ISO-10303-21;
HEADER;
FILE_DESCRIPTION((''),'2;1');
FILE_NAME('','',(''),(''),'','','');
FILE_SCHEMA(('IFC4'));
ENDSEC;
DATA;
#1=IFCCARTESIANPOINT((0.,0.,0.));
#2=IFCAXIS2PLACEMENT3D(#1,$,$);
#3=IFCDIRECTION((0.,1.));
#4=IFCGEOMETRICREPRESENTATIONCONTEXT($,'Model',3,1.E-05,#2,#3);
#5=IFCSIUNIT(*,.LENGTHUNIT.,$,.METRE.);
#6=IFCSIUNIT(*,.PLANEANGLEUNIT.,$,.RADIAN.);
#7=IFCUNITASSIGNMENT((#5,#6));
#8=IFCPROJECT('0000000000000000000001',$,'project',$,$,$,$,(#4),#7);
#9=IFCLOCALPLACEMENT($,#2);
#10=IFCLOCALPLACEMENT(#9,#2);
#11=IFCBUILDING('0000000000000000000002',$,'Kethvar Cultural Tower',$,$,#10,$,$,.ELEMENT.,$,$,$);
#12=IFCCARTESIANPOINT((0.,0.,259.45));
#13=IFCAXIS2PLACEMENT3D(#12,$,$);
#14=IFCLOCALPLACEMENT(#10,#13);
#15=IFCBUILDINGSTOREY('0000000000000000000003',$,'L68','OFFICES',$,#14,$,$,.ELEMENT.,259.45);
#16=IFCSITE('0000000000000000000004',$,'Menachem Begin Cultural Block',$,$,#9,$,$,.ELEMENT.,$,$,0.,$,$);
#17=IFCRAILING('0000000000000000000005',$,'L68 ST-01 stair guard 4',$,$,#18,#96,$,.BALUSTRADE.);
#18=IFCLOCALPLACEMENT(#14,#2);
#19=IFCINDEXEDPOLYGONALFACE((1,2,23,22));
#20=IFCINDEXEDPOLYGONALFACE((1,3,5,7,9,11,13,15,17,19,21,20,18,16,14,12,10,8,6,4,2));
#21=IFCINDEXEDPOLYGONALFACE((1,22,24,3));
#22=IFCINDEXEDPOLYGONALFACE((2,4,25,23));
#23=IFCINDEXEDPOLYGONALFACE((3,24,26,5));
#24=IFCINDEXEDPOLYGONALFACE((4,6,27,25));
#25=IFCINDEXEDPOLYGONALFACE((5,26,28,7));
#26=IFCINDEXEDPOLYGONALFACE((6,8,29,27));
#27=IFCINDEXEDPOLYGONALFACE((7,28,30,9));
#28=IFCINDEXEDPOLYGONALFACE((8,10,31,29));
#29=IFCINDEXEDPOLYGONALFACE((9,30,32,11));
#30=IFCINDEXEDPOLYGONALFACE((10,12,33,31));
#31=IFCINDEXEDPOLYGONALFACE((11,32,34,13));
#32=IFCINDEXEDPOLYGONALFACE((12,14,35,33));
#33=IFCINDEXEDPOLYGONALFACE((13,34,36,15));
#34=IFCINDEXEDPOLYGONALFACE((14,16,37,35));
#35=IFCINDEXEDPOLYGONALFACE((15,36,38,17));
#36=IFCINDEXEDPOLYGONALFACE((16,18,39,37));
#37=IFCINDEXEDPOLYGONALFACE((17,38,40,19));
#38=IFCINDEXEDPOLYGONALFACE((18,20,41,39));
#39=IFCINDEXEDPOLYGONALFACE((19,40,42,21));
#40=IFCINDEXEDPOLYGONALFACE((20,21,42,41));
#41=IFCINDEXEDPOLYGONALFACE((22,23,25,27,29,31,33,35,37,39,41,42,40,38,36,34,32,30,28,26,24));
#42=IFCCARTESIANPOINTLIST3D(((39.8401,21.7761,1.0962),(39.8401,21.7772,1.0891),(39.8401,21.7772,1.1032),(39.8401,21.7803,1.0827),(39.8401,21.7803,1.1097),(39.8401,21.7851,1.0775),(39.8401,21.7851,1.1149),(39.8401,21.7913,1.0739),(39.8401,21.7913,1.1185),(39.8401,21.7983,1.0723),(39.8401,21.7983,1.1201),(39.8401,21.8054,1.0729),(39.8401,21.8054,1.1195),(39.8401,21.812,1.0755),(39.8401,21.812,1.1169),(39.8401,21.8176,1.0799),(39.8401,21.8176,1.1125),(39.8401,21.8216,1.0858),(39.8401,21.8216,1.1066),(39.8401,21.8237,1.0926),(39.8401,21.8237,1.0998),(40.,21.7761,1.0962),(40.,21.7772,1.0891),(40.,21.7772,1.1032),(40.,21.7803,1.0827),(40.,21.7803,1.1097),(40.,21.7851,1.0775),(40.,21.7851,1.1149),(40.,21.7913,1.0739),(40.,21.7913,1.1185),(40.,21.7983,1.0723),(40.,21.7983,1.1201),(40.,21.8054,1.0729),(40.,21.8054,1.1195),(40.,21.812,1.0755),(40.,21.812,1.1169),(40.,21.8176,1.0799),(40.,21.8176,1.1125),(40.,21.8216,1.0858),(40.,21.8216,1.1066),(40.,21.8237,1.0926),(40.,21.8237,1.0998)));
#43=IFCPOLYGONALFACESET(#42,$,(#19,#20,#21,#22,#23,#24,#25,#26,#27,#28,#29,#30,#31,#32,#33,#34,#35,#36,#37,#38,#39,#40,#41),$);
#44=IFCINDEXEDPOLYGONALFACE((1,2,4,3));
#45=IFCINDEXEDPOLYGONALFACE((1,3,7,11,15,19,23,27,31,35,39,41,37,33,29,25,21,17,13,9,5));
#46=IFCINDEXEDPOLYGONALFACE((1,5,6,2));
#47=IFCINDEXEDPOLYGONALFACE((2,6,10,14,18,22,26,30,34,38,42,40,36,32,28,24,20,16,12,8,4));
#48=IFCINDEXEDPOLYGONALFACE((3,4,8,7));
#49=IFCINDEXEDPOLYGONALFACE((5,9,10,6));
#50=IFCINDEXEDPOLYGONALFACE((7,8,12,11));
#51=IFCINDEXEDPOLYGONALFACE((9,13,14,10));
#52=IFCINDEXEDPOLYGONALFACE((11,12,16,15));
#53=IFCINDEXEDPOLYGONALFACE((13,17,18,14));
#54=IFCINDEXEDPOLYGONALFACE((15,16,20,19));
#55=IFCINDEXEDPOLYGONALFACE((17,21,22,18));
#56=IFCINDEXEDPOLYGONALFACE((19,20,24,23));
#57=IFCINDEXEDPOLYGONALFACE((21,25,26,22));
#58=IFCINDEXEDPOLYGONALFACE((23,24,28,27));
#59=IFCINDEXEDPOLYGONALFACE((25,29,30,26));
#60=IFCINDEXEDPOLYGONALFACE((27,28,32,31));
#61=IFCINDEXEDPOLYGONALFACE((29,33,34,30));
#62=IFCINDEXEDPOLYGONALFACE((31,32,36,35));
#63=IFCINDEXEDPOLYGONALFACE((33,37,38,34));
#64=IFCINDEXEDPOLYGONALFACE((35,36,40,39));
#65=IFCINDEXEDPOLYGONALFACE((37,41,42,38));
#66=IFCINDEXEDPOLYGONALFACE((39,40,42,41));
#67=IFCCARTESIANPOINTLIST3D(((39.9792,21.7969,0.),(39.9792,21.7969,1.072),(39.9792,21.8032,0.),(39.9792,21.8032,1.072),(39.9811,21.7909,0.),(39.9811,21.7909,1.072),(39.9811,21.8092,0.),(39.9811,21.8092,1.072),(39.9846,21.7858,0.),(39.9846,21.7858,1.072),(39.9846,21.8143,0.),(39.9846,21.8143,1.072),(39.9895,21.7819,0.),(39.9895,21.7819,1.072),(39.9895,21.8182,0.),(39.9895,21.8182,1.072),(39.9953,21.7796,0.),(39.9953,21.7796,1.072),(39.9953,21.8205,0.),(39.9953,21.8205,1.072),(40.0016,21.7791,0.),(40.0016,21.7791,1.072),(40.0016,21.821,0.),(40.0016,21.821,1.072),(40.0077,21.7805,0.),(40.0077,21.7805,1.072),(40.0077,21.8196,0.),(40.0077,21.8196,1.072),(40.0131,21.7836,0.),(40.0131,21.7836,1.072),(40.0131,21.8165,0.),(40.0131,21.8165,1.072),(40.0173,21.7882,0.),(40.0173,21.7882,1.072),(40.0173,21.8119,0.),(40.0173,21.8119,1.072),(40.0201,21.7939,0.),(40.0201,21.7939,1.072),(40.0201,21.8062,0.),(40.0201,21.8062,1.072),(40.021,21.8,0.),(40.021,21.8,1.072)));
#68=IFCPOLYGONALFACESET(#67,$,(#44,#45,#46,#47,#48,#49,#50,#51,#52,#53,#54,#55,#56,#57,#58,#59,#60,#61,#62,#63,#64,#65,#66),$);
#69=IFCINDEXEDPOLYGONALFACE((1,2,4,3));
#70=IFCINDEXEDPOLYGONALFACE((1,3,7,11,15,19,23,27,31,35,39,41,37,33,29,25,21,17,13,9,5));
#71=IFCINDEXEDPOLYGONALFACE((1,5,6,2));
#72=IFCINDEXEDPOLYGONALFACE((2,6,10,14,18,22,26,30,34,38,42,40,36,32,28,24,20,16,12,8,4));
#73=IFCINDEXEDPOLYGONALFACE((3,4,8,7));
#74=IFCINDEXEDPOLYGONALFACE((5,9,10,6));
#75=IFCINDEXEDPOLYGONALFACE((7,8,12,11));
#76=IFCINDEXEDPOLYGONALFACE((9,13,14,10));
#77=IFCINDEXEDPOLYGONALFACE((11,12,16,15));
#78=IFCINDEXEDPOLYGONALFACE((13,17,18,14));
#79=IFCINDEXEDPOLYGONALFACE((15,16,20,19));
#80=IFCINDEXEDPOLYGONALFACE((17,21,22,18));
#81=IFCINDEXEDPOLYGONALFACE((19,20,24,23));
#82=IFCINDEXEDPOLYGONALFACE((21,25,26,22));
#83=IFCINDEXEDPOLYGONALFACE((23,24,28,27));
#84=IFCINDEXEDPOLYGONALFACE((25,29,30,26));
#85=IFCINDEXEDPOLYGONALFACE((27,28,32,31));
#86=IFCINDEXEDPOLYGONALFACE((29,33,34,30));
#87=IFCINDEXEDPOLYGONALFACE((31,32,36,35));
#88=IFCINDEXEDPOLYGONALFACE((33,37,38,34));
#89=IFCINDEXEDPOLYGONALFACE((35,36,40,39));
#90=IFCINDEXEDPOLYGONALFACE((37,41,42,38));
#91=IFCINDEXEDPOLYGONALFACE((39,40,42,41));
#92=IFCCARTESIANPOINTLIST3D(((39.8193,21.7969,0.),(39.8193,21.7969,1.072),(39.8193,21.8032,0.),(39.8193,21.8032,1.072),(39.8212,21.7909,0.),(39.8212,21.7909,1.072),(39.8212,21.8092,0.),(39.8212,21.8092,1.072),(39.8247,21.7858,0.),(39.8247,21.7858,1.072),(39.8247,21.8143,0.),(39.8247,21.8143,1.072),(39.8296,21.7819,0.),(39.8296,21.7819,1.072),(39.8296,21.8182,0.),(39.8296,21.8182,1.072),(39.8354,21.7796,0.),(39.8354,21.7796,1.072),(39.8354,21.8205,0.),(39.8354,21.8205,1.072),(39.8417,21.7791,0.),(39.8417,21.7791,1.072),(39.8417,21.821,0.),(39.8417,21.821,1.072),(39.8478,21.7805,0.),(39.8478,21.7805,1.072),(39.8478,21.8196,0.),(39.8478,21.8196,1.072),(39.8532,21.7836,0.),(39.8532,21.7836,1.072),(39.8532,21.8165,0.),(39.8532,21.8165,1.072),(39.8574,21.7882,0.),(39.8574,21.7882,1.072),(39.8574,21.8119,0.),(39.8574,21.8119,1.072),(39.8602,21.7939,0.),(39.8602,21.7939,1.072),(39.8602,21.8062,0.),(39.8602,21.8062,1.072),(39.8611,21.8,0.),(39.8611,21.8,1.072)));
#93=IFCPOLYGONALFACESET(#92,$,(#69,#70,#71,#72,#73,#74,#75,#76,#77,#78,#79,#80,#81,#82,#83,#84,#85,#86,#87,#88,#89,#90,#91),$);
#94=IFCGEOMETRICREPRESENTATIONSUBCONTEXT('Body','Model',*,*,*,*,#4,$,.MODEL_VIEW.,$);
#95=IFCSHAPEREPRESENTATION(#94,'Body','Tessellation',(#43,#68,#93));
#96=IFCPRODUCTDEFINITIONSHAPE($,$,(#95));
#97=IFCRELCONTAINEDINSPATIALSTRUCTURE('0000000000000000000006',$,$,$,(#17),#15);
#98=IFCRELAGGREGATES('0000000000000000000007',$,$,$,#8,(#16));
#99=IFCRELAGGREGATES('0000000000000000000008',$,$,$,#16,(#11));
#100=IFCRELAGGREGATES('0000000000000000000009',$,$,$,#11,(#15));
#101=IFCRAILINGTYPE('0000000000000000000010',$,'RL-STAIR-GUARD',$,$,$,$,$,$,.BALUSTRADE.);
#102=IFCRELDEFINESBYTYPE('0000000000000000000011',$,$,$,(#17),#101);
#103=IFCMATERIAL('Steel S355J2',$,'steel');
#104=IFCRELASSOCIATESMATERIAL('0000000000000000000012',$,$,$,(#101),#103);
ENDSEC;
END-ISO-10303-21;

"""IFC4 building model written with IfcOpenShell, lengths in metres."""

from ifc_helpers import new_model, si_unit, direction, frame, origin, origin_2d, place, context, subcontext, project, spatial, circle, extrude, material, type_object, element, save


model = new_model("IFC4")

# Units and contexts
model_context = context("Model", 3, precision=1e-05, world=origin(), true_north=direction((0.0, 1.0)))
body_context = subcontext(model_context, "Body", "Model", "MODEL_VIEW")
ifc_project = project(units=[si_unit("LENGTHUNIT", "METRE"), si_unit("PLANEANGLEUNIT", "RADIAN")], contexts=[model_context])

# Site, building, storey
site_placement = place(None, origin())
site = spatial("IfcSite", under=ifc_project, at=site_placement, Name="Menachem Begin Cultural Block", CompositionType="ELEMENT", RefElevation=0.0)
building_placement = place(site_placement, origin())
building = spatial("IfcBuilding", under=site, at=building_placement, Name="Kethvar Cultural Tower", CompositionType="ELEMENT")
storey_placement = place(building_placement, frame((0.0, 0.0, 259.45)))
storey = spatial("IfcBuildingStorey", under=building, at=storey_placement, Name="L68", Description="OFFICES", CompositionType="ELEMENT", Elevation=259.45)

# Shared definitions
ifc_material_1 = material(Name="Steel S355J2", Category="steel")

# Railing
railing_type_1 = type_object("IfcRailingType", Name="RL-STAIR-GUARD", PredefinedType="BALUSTRADE", material=ifc_material_1)
railing_1_placement = place(storey_placement, frame((40.0, 21.8, 0.0)))
element("IfcRailing", 1, at=railing_1_placement, inside=storey, type_object=railing_type_1, Name="L68 ST-01 stair guard 4", PredefinedType="BALUSTRADE", context=body_context, shape_type="SweptSolid", body=[
    extrude(circle(Radius=0.0239, at=origin_2d()), frame((0.0, 0.0, 1.0962), z_axis=(-1.0, 0.0, 0.0), x_axis=(0.0, -1.0, 0.0)), (0.0, 0.0, 1.0), 0.1599),
    extrude(circle(Radius=0.021, at=origin_2d()), origin(), (0.0, 0.0, 1.0), 1.072),
    extrude(circle(Radius=0.021, at=origin_2d()), frame((-0.1599, 0.0, 0.0)), (0.0, 0.0, 1.0), 1.072),
])

save(model, "model.ifc")
